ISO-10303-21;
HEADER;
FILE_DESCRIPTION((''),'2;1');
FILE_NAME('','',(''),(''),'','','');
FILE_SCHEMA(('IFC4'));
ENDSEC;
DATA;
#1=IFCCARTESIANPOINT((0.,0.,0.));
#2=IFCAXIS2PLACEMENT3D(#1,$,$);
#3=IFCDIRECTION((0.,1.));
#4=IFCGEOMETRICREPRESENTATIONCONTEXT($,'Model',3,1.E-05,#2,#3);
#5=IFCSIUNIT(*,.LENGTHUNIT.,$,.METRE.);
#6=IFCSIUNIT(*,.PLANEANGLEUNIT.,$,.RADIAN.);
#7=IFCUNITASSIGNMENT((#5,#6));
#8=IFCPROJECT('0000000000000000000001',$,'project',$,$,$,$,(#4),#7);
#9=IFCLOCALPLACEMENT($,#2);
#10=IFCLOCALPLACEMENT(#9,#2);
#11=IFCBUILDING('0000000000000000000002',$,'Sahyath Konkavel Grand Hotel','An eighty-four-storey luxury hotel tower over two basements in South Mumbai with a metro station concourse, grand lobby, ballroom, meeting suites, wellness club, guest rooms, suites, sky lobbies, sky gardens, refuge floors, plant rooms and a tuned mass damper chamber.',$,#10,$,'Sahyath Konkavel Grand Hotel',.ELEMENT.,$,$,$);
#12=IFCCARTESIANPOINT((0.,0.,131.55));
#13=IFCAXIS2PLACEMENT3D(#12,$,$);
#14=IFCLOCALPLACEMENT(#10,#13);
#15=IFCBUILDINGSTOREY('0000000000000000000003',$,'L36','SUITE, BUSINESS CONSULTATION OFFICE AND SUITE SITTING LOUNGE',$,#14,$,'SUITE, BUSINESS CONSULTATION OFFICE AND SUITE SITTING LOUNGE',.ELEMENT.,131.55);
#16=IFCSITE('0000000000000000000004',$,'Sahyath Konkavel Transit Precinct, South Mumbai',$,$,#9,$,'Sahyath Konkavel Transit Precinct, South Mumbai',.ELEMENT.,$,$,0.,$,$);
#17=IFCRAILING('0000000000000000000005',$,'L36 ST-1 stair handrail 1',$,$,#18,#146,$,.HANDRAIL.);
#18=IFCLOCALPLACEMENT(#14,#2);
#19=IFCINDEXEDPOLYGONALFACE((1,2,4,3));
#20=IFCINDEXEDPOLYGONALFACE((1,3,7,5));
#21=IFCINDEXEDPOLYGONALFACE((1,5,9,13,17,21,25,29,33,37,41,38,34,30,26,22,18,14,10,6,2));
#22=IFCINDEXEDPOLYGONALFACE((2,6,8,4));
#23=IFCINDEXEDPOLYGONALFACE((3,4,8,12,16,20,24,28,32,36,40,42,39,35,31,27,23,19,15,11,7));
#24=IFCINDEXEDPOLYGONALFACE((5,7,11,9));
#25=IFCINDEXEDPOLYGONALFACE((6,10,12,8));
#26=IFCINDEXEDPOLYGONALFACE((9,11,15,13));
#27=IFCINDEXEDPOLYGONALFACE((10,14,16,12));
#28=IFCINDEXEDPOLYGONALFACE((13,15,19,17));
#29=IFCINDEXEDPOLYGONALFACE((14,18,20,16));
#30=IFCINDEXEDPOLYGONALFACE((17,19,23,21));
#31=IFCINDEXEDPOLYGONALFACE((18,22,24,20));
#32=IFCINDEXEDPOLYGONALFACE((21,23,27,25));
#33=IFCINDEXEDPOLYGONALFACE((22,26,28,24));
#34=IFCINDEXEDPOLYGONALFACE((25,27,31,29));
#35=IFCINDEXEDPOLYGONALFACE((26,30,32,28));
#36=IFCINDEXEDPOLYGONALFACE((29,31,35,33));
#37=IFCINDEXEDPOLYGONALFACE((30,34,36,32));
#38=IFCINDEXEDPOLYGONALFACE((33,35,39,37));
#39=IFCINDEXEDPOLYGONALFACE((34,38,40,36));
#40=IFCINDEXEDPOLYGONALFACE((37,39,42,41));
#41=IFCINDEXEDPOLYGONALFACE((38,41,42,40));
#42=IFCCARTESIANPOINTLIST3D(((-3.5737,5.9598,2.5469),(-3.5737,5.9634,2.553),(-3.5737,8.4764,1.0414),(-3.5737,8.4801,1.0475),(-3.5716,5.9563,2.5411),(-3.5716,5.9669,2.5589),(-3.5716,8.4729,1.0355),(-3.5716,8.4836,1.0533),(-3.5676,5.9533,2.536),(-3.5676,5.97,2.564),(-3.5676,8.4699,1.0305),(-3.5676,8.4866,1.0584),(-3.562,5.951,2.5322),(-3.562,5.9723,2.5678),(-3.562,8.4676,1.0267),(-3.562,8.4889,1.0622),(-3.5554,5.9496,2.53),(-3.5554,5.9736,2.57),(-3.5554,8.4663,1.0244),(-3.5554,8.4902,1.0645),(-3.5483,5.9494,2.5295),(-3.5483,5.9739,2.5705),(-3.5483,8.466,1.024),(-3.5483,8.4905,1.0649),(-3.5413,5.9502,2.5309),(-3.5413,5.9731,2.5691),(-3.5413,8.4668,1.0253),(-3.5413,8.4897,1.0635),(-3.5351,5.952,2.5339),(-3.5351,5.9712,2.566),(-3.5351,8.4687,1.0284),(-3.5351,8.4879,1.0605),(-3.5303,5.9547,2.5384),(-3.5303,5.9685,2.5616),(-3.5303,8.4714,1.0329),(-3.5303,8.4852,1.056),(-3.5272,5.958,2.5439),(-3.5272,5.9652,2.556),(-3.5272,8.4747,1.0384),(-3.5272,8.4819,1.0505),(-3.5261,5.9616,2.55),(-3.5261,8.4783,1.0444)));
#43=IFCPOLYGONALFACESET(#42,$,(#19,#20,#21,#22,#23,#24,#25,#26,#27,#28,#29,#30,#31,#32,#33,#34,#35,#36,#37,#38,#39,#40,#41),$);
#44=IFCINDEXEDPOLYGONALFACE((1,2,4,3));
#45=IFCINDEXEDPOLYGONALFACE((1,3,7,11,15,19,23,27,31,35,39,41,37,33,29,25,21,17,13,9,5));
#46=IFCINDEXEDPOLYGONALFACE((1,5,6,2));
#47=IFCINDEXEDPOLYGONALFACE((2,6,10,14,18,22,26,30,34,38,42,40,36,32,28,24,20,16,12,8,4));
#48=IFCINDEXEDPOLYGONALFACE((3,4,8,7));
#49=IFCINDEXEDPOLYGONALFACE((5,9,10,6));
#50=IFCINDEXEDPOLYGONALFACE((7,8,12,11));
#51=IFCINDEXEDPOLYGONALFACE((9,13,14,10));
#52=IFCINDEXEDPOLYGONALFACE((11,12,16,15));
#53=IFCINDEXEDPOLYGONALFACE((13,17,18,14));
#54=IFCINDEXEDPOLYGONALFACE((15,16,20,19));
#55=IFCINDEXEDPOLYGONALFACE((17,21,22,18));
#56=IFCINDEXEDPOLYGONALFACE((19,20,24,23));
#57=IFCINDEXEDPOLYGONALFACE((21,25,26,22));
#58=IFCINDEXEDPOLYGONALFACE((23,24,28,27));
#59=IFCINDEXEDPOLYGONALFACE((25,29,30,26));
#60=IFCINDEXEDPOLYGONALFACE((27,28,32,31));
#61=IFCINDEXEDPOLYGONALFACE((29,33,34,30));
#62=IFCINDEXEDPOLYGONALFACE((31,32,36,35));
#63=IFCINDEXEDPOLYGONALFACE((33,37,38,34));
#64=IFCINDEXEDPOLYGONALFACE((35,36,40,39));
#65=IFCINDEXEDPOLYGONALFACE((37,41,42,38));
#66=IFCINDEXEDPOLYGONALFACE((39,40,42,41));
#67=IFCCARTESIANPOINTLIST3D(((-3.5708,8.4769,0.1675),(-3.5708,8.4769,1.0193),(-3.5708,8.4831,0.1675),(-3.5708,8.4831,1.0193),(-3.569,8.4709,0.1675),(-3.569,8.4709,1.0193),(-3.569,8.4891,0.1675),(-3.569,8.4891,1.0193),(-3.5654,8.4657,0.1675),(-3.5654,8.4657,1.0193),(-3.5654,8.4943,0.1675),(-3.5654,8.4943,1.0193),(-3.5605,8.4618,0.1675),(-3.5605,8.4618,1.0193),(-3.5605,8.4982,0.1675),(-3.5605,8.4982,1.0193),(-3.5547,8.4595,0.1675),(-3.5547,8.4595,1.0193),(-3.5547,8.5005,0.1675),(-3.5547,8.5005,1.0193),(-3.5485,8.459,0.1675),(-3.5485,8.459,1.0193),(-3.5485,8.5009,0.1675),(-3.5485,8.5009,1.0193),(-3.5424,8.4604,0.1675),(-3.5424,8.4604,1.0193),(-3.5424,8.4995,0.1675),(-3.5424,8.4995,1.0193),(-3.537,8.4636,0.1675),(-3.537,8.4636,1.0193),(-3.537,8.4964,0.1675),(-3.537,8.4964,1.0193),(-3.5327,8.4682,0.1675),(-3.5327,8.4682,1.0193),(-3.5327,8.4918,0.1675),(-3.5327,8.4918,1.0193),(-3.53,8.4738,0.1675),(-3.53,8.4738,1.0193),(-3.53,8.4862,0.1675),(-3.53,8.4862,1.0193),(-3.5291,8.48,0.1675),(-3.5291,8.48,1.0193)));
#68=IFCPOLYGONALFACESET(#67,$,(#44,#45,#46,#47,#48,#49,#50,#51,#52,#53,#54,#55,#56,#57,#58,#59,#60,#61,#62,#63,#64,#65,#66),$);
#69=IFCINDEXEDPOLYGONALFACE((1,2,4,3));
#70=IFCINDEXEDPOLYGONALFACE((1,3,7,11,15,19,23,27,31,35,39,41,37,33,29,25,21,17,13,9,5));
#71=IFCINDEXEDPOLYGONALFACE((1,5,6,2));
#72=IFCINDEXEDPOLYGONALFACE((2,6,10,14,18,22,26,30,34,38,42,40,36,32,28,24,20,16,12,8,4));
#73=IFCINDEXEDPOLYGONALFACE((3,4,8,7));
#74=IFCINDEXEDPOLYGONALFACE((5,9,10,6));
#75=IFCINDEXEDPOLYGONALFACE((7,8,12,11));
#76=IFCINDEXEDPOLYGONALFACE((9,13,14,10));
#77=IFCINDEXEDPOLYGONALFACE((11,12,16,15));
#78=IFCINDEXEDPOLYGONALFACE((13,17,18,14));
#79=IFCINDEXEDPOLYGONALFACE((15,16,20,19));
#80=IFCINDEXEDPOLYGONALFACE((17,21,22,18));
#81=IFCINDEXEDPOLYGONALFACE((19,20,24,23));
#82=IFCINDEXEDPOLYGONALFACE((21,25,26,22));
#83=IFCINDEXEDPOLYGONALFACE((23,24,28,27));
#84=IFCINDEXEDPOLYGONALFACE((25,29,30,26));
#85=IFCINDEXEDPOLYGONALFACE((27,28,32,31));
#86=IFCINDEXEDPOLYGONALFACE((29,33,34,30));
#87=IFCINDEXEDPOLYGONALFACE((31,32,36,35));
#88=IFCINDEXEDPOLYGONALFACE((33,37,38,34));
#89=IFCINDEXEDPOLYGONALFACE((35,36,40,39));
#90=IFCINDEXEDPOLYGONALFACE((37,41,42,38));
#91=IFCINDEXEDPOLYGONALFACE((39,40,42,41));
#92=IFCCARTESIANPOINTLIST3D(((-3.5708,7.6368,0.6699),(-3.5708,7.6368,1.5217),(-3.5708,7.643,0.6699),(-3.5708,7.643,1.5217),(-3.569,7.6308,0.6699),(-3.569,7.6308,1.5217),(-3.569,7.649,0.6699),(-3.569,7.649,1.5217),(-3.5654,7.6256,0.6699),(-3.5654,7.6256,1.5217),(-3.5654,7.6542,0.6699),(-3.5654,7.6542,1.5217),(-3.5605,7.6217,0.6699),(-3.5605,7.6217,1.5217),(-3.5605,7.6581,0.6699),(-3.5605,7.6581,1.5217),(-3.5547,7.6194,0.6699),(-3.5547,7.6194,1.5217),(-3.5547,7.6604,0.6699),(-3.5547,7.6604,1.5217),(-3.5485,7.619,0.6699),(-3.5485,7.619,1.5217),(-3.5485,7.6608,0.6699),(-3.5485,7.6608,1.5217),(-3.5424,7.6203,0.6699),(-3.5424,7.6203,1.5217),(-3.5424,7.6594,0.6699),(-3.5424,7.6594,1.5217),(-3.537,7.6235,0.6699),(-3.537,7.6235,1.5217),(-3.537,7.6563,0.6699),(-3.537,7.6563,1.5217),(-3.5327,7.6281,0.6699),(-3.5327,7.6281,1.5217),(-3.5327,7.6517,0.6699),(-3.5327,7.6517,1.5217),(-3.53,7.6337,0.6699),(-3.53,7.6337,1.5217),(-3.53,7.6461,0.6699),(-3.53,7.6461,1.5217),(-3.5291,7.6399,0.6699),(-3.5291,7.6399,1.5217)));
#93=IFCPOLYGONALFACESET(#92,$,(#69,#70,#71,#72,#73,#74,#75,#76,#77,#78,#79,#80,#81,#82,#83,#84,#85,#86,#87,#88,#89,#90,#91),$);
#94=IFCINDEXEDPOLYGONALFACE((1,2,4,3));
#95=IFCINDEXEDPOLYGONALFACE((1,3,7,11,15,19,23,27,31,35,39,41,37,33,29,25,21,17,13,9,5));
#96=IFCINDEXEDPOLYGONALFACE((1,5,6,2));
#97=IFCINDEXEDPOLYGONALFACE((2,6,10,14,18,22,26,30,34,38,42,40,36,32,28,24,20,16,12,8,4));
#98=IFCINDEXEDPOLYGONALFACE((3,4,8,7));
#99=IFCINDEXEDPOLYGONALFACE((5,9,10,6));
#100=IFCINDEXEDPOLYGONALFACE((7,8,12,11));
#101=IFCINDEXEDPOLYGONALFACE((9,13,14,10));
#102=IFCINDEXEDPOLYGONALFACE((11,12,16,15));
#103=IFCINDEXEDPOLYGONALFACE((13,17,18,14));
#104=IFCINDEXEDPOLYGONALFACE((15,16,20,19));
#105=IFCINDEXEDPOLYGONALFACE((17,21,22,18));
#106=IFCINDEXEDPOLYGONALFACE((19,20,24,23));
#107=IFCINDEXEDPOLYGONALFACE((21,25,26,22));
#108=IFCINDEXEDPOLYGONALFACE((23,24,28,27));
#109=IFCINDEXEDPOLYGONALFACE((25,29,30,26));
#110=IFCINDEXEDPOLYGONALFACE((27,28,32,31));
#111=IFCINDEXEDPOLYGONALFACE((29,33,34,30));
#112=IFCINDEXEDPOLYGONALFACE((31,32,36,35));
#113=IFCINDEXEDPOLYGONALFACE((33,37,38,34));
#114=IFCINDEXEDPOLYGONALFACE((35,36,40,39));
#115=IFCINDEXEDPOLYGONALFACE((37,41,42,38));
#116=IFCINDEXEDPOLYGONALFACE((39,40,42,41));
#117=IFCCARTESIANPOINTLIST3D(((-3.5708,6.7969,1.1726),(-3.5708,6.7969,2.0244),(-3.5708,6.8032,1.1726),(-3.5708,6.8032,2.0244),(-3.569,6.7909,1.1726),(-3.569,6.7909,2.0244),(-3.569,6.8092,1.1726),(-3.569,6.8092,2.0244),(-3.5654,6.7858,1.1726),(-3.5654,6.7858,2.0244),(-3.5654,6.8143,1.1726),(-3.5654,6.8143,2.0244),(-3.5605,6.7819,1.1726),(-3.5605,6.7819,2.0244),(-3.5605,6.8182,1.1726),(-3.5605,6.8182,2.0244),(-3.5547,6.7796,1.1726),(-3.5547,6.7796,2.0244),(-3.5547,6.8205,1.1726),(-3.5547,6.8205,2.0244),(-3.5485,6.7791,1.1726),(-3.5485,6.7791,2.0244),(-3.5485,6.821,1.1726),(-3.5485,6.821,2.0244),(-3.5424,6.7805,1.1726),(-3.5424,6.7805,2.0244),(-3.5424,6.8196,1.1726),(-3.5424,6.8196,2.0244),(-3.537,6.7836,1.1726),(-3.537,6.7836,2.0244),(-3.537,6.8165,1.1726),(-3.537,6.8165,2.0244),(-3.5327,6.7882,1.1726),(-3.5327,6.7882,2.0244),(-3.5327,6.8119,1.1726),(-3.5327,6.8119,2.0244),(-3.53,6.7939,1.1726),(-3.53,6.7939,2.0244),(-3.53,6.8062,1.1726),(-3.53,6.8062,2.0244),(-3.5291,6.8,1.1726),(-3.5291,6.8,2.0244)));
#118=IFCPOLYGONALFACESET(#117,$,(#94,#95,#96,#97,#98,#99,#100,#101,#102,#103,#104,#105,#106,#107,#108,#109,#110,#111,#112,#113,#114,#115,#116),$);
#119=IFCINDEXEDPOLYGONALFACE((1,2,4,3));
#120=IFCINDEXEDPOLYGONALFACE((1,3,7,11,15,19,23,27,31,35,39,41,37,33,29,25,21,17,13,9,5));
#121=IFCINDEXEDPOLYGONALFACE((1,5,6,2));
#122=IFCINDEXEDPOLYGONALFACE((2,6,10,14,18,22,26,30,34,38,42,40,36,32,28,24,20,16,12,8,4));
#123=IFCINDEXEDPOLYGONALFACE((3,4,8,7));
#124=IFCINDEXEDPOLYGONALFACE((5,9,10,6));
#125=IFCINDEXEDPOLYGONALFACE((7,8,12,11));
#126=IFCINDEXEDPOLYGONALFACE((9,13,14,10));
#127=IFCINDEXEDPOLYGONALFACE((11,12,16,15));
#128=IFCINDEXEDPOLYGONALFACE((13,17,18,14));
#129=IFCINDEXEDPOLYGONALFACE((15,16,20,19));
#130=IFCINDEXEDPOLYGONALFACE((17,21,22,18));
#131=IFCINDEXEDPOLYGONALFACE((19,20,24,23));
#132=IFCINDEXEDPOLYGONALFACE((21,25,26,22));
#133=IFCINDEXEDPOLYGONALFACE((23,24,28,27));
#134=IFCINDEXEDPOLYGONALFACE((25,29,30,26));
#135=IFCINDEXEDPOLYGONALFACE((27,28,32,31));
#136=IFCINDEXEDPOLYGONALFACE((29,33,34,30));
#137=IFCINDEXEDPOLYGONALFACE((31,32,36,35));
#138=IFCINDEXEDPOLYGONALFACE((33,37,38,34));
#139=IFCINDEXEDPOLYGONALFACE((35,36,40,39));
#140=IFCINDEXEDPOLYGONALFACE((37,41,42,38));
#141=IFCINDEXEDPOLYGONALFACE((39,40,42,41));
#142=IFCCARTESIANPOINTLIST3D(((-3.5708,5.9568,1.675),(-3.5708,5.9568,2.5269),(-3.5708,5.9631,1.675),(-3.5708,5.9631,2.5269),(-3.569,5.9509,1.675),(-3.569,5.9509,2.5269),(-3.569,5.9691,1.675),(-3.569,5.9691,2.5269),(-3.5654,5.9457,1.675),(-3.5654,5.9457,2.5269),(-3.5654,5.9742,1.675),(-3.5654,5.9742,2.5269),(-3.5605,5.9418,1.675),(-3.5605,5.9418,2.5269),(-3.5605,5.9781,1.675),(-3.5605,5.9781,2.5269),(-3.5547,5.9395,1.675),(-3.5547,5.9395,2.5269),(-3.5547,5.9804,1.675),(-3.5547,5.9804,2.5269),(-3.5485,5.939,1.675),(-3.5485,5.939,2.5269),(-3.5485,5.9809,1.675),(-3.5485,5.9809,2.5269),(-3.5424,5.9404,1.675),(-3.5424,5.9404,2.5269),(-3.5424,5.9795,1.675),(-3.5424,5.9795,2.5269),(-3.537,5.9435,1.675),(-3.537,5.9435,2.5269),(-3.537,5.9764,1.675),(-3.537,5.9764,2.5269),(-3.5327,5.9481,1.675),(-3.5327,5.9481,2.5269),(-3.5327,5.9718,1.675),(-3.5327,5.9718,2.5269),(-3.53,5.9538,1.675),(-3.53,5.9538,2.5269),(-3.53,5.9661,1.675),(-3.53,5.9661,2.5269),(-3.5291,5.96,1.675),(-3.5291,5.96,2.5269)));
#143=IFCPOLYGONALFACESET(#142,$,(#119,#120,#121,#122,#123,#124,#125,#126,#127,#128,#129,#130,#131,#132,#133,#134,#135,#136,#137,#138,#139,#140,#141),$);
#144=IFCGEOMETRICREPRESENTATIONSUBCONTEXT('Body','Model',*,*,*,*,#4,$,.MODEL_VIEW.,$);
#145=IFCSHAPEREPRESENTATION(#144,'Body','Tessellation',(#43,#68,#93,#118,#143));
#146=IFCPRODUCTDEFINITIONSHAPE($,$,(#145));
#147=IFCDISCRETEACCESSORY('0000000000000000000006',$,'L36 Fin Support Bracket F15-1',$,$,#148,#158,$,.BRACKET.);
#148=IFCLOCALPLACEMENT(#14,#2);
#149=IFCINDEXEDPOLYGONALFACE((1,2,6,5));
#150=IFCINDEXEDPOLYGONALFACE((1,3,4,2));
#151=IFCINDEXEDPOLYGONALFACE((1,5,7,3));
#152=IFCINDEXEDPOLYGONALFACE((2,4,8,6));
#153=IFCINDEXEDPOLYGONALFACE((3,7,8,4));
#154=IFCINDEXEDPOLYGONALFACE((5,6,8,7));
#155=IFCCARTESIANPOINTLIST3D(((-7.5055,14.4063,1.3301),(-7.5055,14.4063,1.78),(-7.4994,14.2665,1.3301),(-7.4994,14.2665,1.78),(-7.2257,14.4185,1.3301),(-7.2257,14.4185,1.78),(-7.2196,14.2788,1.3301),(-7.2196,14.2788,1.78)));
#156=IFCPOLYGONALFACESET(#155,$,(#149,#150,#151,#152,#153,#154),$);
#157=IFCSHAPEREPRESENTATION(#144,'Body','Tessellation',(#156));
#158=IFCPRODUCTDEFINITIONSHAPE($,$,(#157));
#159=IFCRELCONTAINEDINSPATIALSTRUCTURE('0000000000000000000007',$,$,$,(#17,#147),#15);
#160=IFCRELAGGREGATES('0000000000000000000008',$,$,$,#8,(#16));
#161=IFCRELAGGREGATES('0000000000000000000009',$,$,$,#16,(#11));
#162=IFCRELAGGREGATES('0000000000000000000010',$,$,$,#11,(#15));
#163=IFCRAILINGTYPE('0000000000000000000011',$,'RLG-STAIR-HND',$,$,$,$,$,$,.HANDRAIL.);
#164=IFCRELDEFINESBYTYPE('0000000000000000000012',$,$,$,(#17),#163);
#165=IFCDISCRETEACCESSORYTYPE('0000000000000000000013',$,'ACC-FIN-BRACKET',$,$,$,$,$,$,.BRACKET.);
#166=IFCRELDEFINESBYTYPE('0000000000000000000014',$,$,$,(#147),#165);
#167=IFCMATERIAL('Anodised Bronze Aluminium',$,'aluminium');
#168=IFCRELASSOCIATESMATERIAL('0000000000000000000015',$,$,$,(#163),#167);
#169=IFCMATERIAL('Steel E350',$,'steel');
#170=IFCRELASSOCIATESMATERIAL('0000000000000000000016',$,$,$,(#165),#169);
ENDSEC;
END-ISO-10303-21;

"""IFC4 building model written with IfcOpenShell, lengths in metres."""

from ifc_helpers import new_model, si_unit, direction, frame, origin, origin_2d, place, context, subcontext, project, spatial, rectangle, circle, extrude, source, transform, mapped, material, type_object, element, save


model = new_model("IFC4")

# Units and contexts
model_context = context("Model", 3, precision=1e-05, world=origin(), true_north=direction((0.0, 1.0)))
body_context = subcontext(model_context, "Body", "Model", "MODEL_VIEW")
ifc_project = project(units=[si_unit("LENGTHUNIT", "METRE"), si_unit("PLANEANGLEUNIT", "RADIAN")], contexts=[model_context])

# Site, building, storey
site_placement = place(None, origin())
site = spatial("IfcSite", under=ifc_project, at=site_placement, Name="Sahyath Konkavel Transit Precinct, South Mumbai", LongName="Sahyath Konkavel Transit Precinct, South Mumbai", CompositionType="ELEMENT", RefElevation=0.0)
building_placement = place(site_placement, origin())
building = spatial("IfcBuilding", under=site, at=building_placement, Name="Sahyath Konkavel Grand Hotel", Description="An eighty-four-storey luxury hotel tower over two basements in South Mumbai with a metro station concourse, grand lobby, ballroom, meeting suites, wellness club, guest rooms, suites, sky lobbies, sky gardens, refuge floors, plant rooms and a tuned mass damper chamber.", LongName="Sahyath Konkavel Grand Hotel", CompositionType="ELEMENT")
storey_placement = place(building_placement, frame((0.0, 0.0, 131.55)))
storey = spatial("IfcBuildingStorey", under=building, at=storey_placement, Name="L36", Description="SUITE, BUSINESS CONSULTATION OFFICE AND SUITE SITTING LOUNGE", LongName="SUITE, BUSINESS CONSULTATION OFFICE AND SUITE SITTING LOUNGE", CompositionType="ELEMENT", Elevation=131.55)

# Shared definitions
ifc_material_1 = material(Name="Steel E350", Category="steel")

# Shared definitions
ifc_material_2 = material(Name="Anodised Bronze Aluminium", Category="aluminium")

# Railing
railing_type_1 = type_object("IfcRailingType", Name="RLG-STAIR-HND", PredefinedType="HANDRAIL", material=ifc_material_2)
railing_1_placement = place(storey_placement, frame((-3.55, 8.48, 0.1675)))
element("IfcRailing", 1, at=railing_1_placement, inside=storey, type_object=railing_type_1, Name="L36 ST-1 stair handrail 1", PredefinedType="HANDRAIL", context=body_context, shape_type="SweptSolid", body=[
    extrude(circle(Radius=0.0239, at=origin_2d()), frame((0.0, -0.0017, 0.877), z_axis=(0.0, -0.85816, 0.513383), x_axis=(1.0, 0.0, 0.0)), (0.0, 0.0, 1.0), 2.9326),
    extrude(circle(Radius=0.021, at=origin_2d()), origin(), (0.0, 0.0, 1.0), 0.8518),
    extrude(circle(Radius=0.021, at=origin_2d()), frame((0.0, -0.8401, 0.5024)), (0.0, 0.0, 1.0), 0.8518),
    extrude(circle(Radius=0.021, at=origin_2d()), frame((0.0, -1.6799, 1.0051)), (0.0, 0.0, 1.0), 0.8518),
    extrude(circle(Radius=0.021, at=origin_2d()), frame((0.0, -2.52, 1.5076)), (0.0, 0.0, 1.0), 0.8518),
])

# Discrete accessory
discrete_accessory_type = type_object("IfcDiscreteAccessoryType", Name="ACC-FIN-BRACKET", PredefinedType="BRACKET", material=ifc_material_1)
shared_shape_1 = source(origin(), body_context, "Body", "SweptSolid", [
    extrude(rectangle(XDim=0.28, YDim=0.1399, at=origin_2d()), origin(), (0.0, 0.0, 1.0), 0.45),
])
discrete_accessory_placement = place(storey_placement, frame((-7.3625, 14.3425, 1.3301), z_axis=(0.0, 0.0, 1.0), x_axis=(-0.999048, -0.043619, 0.0)))
element("IfcDiscreteAccessory", 2, at=discrete_accessory_placement, inside=storey, type_object=discrete_accessory_type, Name="L36 Fin Support Bracket F15-1", PredefinedType="BRACKET", context=body_context, shape_type="MappedRepresentation", body=[
    mapped(shared_shape_1, transform((0.0, 0.0, 0.0), scale=1.0)),
])

save(model, "model.ifc")
